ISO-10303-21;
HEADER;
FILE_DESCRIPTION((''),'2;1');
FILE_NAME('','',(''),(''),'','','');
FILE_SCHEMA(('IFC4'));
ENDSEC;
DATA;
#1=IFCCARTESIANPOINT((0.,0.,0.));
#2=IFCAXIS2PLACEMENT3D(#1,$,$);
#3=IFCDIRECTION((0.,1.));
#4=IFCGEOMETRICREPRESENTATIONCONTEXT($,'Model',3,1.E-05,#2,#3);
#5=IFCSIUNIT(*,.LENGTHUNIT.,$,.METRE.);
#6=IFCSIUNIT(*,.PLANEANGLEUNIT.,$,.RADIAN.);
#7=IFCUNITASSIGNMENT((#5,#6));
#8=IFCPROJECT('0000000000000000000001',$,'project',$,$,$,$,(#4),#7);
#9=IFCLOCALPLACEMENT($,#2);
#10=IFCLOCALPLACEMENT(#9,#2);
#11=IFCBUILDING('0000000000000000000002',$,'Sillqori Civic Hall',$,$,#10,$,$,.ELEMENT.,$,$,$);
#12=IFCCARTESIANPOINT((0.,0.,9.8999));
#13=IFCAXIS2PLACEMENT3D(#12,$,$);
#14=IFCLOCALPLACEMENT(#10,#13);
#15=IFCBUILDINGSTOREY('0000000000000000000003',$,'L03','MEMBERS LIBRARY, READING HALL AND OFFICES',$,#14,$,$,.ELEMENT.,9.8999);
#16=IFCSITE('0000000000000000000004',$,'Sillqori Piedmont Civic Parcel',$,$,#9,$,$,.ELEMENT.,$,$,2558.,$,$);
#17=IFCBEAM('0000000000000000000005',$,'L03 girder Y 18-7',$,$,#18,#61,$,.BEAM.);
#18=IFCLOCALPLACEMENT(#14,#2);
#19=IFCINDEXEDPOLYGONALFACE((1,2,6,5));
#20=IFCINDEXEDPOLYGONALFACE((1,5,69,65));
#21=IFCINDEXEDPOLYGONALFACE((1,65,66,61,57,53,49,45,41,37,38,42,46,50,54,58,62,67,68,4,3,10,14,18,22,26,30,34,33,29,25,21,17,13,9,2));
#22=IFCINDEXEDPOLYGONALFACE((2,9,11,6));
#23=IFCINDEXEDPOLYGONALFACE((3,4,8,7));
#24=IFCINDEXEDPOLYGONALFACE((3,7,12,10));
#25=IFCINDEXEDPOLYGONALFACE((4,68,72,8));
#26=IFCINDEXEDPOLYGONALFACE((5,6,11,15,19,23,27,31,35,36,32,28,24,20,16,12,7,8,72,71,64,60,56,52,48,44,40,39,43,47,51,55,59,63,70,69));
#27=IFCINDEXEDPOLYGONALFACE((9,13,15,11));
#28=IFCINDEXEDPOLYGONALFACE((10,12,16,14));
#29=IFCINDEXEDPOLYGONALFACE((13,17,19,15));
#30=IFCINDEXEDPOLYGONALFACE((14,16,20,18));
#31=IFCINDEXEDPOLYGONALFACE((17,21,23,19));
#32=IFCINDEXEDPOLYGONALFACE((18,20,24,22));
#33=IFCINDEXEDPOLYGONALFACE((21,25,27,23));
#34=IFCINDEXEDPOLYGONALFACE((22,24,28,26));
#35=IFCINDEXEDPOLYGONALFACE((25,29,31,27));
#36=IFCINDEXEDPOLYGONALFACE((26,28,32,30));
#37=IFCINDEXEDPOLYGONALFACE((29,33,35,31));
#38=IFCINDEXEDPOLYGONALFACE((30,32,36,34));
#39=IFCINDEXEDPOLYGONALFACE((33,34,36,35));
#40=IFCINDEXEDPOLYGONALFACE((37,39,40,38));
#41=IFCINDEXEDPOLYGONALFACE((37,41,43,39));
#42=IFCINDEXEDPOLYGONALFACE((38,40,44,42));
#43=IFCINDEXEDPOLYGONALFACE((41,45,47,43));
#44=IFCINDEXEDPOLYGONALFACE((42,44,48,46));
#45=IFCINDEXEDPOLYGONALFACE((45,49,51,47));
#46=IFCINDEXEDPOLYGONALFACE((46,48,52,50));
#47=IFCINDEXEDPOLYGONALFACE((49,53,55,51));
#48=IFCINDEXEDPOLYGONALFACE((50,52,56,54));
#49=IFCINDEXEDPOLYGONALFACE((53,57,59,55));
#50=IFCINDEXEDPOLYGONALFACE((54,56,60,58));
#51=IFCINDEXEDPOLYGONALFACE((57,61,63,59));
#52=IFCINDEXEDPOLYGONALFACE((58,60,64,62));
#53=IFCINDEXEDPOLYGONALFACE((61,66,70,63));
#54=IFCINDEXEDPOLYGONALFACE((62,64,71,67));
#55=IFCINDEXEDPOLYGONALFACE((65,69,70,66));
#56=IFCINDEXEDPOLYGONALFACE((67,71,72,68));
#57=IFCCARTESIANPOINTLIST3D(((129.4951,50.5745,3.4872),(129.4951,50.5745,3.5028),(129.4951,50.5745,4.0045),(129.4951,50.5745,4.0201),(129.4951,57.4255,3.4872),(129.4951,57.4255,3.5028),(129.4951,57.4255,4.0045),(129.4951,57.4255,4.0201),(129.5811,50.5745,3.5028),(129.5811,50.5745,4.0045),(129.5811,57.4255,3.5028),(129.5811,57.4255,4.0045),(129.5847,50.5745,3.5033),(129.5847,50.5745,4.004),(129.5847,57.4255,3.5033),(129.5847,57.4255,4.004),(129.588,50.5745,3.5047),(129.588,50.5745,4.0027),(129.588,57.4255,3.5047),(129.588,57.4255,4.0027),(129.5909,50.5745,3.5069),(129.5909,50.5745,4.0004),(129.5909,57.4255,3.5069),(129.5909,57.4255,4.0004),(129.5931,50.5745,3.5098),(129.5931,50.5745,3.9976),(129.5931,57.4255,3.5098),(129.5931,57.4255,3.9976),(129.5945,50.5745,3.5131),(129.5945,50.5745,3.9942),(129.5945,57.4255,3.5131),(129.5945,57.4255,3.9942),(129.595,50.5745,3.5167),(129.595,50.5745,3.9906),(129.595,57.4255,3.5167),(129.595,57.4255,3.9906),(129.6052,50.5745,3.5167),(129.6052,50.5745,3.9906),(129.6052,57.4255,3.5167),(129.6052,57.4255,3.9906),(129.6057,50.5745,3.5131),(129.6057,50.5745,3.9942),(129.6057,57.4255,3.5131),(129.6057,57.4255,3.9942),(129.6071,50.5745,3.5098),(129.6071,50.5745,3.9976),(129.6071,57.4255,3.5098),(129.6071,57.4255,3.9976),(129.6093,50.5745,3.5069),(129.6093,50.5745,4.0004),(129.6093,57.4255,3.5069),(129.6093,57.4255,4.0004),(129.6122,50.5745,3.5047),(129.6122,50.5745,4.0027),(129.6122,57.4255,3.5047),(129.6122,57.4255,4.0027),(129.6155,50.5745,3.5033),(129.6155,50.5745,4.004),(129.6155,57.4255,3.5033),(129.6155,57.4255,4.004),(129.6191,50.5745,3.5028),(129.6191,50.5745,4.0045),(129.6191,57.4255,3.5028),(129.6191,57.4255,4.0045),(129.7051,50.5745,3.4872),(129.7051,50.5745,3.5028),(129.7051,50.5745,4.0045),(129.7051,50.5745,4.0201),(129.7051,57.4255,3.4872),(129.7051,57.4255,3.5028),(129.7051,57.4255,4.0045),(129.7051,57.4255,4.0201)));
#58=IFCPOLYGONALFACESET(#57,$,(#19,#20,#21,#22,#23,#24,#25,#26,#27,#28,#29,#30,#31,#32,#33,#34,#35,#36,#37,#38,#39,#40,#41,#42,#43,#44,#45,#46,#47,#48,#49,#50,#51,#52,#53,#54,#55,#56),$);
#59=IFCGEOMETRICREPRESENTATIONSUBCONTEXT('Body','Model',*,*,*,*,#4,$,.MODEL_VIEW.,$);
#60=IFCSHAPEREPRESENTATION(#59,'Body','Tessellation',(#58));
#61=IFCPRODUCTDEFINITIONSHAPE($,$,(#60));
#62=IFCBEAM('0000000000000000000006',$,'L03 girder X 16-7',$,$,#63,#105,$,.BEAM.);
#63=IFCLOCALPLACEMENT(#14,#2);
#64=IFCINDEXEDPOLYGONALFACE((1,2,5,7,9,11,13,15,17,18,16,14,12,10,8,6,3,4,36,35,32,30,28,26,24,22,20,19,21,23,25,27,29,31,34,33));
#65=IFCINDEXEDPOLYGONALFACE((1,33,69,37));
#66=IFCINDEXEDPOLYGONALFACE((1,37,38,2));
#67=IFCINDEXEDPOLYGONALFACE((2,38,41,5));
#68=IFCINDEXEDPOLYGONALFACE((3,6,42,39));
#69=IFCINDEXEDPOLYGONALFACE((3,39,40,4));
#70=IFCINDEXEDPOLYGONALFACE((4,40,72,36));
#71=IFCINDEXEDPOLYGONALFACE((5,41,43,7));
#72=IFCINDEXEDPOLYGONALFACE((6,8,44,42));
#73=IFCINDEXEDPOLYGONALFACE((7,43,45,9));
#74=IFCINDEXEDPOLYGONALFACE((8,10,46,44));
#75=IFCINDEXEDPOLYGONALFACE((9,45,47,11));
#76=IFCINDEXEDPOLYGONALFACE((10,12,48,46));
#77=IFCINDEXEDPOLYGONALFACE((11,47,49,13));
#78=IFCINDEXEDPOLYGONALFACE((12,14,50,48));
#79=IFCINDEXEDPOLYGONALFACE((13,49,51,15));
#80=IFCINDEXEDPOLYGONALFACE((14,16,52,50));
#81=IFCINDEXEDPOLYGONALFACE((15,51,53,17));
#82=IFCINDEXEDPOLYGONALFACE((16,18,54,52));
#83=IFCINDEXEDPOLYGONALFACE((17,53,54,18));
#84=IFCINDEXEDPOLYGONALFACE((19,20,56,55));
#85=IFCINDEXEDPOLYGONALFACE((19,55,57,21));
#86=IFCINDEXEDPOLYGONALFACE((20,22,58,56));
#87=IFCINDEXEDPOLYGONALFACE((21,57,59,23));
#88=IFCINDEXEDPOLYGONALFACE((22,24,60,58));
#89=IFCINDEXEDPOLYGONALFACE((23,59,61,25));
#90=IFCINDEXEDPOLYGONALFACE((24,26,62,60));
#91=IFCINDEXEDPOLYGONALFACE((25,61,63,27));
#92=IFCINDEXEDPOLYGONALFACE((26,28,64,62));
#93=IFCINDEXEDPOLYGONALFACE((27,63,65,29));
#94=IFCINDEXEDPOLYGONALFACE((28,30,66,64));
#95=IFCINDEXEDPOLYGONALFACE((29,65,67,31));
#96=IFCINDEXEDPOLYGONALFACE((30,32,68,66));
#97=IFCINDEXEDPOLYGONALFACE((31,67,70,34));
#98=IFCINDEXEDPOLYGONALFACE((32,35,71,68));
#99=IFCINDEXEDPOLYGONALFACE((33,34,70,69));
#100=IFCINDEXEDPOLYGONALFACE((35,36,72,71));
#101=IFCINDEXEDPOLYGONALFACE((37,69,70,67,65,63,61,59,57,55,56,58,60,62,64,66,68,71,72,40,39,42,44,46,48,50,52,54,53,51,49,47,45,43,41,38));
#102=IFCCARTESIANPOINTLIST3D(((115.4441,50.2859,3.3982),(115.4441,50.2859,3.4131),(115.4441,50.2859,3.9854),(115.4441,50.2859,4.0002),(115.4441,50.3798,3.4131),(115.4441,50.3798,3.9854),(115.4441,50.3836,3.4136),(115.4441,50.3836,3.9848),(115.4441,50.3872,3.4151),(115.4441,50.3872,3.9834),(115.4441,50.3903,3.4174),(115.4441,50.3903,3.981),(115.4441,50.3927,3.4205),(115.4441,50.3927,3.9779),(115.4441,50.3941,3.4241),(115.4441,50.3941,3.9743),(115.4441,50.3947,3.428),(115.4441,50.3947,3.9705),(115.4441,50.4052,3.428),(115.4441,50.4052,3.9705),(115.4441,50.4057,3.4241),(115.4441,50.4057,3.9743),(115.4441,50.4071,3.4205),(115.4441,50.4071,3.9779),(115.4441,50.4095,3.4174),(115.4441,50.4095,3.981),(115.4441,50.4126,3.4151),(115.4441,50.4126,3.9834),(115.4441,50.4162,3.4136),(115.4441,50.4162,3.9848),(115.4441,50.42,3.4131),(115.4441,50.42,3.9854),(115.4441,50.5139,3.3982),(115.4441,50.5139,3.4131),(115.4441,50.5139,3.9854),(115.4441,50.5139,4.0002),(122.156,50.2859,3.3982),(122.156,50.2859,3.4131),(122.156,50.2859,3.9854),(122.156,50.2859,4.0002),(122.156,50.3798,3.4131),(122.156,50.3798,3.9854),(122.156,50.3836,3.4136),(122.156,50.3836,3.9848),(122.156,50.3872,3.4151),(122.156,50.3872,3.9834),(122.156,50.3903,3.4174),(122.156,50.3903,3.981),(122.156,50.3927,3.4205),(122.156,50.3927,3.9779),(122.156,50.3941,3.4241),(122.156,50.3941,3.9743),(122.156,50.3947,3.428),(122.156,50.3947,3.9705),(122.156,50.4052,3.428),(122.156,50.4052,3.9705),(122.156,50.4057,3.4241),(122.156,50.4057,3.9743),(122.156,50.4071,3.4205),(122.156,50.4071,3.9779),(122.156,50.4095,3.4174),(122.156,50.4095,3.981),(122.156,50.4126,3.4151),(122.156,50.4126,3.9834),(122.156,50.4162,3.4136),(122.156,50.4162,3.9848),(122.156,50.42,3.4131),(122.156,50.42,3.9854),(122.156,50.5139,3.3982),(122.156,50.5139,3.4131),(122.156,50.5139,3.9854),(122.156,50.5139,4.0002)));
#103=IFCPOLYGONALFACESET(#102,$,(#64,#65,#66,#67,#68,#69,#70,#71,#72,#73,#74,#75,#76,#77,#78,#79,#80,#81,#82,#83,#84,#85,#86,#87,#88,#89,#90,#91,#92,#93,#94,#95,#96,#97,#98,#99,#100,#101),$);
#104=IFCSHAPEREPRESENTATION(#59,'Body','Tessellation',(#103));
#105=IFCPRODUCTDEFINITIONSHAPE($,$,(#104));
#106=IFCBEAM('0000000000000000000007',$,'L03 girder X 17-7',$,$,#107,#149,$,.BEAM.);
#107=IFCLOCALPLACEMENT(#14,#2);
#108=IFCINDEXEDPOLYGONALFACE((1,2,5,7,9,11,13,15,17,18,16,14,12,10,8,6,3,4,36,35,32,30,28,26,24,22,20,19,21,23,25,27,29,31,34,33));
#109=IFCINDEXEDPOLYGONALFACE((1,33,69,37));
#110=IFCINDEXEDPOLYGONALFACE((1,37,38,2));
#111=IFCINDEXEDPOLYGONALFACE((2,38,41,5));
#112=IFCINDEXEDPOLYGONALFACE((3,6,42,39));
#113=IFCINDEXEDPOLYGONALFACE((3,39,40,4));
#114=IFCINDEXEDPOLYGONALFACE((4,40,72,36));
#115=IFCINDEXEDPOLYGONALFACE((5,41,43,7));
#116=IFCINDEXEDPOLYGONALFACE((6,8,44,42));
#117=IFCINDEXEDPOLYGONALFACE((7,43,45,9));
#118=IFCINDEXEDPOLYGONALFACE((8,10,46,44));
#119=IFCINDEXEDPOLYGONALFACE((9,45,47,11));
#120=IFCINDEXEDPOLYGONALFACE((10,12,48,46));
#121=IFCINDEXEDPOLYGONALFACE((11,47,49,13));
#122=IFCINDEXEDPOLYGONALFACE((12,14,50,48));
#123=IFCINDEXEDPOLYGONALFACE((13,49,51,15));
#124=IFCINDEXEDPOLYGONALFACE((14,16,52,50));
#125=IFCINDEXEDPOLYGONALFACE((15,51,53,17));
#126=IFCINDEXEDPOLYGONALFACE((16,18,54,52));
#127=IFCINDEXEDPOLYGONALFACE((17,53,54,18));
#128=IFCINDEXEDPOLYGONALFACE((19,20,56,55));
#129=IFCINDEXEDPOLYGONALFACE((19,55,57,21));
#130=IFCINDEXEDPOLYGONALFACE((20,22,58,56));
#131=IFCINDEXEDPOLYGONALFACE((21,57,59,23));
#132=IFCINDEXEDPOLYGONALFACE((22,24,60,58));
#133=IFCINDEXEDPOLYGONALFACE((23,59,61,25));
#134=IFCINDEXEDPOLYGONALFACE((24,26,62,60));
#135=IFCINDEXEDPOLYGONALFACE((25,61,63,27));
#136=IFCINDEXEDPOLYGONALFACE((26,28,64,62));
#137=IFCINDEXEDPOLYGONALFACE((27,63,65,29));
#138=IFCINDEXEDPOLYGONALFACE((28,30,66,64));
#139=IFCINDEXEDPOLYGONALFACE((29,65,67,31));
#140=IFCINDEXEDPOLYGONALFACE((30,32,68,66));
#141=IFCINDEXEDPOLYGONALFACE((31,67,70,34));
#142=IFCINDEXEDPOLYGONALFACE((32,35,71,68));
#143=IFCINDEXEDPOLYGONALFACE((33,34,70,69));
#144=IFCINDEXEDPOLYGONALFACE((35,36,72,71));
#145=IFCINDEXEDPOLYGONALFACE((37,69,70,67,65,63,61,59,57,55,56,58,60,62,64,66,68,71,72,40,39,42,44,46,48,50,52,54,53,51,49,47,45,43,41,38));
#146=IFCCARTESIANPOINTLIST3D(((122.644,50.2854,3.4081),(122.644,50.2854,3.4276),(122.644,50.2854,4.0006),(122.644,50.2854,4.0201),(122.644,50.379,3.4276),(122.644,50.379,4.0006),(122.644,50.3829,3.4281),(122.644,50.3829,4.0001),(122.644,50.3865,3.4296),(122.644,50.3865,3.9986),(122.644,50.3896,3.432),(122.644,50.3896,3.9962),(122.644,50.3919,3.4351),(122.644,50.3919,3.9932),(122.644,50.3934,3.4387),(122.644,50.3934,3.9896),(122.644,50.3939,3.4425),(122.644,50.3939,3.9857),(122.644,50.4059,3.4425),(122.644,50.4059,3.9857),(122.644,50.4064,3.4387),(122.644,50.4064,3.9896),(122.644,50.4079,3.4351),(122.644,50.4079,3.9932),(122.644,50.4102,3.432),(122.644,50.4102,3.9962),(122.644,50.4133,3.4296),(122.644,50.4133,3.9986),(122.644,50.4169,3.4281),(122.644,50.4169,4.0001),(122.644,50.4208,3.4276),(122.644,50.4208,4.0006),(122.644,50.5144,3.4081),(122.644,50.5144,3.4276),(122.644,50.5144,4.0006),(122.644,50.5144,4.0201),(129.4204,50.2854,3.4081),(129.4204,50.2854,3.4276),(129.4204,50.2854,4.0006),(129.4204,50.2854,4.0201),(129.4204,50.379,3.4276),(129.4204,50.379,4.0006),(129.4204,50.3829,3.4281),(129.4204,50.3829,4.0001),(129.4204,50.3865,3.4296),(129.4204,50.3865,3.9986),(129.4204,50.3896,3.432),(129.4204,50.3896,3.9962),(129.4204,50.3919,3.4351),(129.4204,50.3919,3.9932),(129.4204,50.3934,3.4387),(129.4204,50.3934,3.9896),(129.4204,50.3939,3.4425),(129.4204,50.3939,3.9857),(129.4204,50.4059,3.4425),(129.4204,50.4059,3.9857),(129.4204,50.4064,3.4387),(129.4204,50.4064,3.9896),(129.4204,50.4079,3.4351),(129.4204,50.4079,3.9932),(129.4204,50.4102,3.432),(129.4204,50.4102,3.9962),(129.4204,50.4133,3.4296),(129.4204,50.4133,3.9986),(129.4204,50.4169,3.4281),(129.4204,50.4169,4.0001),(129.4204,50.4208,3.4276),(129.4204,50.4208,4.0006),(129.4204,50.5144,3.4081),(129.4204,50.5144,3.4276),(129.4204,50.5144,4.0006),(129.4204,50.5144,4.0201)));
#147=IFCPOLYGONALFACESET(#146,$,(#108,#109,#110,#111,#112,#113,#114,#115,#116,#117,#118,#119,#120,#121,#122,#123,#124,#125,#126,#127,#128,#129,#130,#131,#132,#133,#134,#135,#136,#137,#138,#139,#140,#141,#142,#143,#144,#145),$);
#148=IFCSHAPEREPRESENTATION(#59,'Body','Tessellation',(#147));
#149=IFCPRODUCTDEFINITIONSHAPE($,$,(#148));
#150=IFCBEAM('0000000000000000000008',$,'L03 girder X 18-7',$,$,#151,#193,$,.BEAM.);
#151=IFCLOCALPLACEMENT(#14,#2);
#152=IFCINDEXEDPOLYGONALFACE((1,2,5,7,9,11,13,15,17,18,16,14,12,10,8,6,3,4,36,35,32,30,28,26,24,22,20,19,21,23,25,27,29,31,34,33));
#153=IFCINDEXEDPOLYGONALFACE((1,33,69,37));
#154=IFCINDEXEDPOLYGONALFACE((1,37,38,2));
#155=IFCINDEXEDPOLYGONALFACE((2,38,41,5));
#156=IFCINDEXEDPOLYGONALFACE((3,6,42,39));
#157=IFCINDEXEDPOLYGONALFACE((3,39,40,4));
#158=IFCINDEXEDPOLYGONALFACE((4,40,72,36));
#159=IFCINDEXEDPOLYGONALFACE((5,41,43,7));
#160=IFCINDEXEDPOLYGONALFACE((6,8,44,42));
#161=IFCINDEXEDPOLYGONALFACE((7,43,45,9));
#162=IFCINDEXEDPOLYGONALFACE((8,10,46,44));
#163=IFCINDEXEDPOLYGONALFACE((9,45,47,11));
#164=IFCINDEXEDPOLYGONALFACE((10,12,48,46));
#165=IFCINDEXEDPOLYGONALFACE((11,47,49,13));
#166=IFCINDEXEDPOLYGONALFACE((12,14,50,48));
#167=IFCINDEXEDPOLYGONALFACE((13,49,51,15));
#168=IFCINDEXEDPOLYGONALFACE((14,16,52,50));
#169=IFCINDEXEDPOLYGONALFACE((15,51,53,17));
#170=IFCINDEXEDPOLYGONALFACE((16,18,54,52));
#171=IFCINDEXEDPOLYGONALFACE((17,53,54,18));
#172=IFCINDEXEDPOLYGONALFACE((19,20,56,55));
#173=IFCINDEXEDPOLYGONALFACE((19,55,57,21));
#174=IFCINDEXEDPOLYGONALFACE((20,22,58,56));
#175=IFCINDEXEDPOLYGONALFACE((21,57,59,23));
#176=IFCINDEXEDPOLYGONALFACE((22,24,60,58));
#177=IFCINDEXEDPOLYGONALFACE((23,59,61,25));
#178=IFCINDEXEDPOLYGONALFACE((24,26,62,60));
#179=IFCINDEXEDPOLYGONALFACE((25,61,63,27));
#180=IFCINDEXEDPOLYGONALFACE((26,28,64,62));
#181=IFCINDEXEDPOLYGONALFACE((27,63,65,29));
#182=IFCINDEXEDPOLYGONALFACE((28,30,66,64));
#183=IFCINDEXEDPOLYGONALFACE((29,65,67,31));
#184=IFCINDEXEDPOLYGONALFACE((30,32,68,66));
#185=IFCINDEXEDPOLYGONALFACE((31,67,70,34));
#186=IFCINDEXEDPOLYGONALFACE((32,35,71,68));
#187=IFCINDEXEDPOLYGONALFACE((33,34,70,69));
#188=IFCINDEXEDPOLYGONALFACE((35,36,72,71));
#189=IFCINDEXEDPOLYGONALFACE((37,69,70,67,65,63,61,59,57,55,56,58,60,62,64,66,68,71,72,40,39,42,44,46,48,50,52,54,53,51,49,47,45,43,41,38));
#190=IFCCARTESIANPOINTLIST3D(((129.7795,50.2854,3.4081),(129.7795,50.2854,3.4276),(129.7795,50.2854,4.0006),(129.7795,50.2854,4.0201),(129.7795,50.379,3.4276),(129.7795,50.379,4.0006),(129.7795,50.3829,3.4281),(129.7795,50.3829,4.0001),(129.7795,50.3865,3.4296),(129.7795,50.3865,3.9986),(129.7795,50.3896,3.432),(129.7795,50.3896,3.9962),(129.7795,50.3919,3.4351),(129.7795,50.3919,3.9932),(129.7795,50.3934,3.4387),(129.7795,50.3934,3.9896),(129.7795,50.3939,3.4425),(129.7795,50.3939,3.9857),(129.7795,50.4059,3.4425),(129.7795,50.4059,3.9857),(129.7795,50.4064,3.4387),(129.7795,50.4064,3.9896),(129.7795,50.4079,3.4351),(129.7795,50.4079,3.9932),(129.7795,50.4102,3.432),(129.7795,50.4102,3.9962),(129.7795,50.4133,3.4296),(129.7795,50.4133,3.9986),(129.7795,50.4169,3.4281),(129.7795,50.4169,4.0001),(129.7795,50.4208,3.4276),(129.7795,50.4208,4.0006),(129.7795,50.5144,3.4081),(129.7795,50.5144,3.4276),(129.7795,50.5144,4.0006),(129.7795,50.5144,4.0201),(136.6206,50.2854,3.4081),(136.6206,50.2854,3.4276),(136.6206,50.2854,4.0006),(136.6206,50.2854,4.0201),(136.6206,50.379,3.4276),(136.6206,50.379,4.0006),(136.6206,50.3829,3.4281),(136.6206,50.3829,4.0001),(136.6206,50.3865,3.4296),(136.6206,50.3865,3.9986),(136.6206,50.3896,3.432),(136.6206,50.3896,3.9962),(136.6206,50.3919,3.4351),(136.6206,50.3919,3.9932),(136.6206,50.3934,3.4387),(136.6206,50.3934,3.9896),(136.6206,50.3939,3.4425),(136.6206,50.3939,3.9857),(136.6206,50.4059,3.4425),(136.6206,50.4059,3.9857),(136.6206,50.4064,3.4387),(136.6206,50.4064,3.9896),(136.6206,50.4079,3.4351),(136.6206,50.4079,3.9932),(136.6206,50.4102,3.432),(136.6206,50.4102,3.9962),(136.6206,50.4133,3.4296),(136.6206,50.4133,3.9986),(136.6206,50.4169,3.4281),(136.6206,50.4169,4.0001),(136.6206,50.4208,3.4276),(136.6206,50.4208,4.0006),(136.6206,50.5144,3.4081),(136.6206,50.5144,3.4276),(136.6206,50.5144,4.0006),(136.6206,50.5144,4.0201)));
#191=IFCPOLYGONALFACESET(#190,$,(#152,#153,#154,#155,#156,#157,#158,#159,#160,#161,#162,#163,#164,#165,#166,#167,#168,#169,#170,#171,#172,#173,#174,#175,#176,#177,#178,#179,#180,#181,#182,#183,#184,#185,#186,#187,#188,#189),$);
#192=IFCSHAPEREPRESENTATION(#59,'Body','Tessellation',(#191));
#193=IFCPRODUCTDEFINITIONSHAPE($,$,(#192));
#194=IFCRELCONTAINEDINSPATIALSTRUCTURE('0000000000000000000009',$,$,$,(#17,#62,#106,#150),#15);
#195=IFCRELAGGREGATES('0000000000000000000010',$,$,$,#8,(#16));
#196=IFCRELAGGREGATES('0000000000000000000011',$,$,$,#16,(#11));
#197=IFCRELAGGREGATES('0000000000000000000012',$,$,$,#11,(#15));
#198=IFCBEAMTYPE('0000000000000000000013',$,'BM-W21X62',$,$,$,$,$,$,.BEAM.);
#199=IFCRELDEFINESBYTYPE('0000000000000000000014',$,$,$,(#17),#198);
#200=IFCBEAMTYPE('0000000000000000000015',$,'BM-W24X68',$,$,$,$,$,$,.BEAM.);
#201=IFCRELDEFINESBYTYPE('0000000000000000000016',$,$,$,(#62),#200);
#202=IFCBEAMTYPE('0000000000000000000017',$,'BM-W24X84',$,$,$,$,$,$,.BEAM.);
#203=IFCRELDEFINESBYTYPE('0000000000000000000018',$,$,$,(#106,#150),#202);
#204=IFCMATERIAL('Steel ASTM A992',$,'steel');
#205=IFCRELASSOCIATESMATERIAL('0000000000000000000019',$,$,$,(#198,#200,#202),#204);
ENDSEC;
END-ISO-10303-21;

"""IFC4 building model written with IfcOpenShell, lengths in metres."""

from ifc_helpers import new_model, si_unit, direction, frame, origin, origin_2d, place, context, subcontext, project, spatial, i_section, extrude, material, material_profile, profile_set, type_object, element, save


model = new_model("IFC4")

# Units and contexts
model_context = context("Model", 3, precision=1e-05, world=origin(), true_north=direction((0.0, 1.0)))
body_context = subcontext(model_context, "Body", "Model", "MODEL_VIEW")
ifc_project = project(units=[si_unit("LENGTHUNIT", "METRE"), si_unit("PLANEANGLEUNIT", "RADIAN")], contexts=[model_context])

# Site, building, storey
site_placement = place(None, origin())
site = spatial("IfcSite", under=ifc_project, at=site_placement, Name="Sillqori Piedmont Civic Parcel", CompositionType="ELEMENT", RefElevation=2558.0)
building_placement = place(site_placement, origin())
building = spatial("IfcBuilding", under=site, at=building_placement, Name="Sillqori Civic Hall", CompositionType="ELEMENT")
storey_placement = place(building_placement, frame((0.0, 0.0, 9.8999)))
storey = spatial("IfcBuildingStorey", under=building, at=storey_placement, Name="L03", Description="MEMBERS LIBRARY, READING HALL AND OFFICES", CompositionType="ELEMENT", Elevation=9.8999)

# Shared definitions
ifc_material_1 = material(Name="Steel ASTM A992", Category="steel")

# Beams
ifc_material_profile_1 = material_profile(ifc_material_1, i_section(OverallWidth=0.21, OverallDepth=0.533, WebThickness=0.0103, FlangeThickness=0.0156, FilletRadius=0.0139, at=origin_2d()), Name="W21X62")
ifc_profile_set_1 = profile_set([ifc_material_profile_1], Name="Steel ASTM A992")
beam_type_1 = type_object("IfcBeamType", Name="BM-W21X62", PredefinedType="BEAM", material=ifc_profile_set_1)
for number, where, z_axis, x_axis, name in (
    (1, (129.6001, 50.5745, 3.7537), (0.0, 1.0, 0.0), (-1.0, 0.0, 0.0), "L03 girder Y 18-7"),
):
    element("IfcBeam", number, at=place(storey_placement, frame(where, z_axis=z_axis, x_axis=x_axis)), inside=storey, type_object=beam_type_1, Name=name, PredefinedType="BEAM", context=body_context, shape_type="SweptSolid", body=[
        extrude(i_section(OverallWidth=0.21, OverallDepth=0.533, WebThickness=0.0103, FlangeThickness=0.0156, FilletRadius=0.0139, at=origin_2d()), origin(), (0.0, 0.0, 1.0), 6.8511),
    ])
ifc_material_profile_2 = material_profile(ifc_material_1, i_section(OverallWidth=0.228, OverallDepth=0.6021, WebThickness=0.0105, FlangeThickness=0.0149, FilletRadius=0.0149, at=origin_2d()), Name="W24X68")
ifc_profile_set_2 = profile_set([ifc_material_profile_2], Name="Steel ASTM A992")
beam_type_2 = type_object("IfcBeamType", Name="BM-W24X68", PredefinedType="BEAM", material=ifc_profile_set_2)
beam_1_placement = place(storey_placement, frame((115.4441, 50.3999, 3.6992), z_axis=(1.0, 0.0, 0.0), x_axis=(0.0, 1.0, 0.0)))
element("IfcBeam", 2, at=beam_1_placement, inside=storey, type_object=beam_type_2, Name="L03 girder X 16-7", PredefinedType="BEAM", context=body_context, shape_type="SweptSolid", body=[
    extrude(i_section(OverallWidth=0.228, OverallDepth=0.6021, WebThickness=0.0105, FlangeThickness=0.0149, FilletRadius=0.0149, at=origin_2d()), origin(), (0.0, 0.0, 1.0), 6.7119),
])
ifc_material_profile_3 = material_profile(ifc_material_1, i_section(OverallWidth=0.229, OverallDepth=0.6121, WebThickness=0.012, FlangeThickness=0.0195, FilletRadius=0.0149, at=origin_2d()), Name="W24X84")
ifc_profile_set_3 = profile_set([ifc_material_profile_3], Name="Steel ASTM A992")
beam_type_3 = type_object("IfcBeamType", Name="BM-W24X84", PredefinedType="BEAM", material=ifc_profile_set_3)
beam_2_placement = place(storey_placement, frame((122.644, 50.3999, 3.7141), z_axis=(1.0, 0.0, 0.0), x_axis=(0.0, 1.0, 0.0)))
element("IfcBeam", 3, at=beam_2_placement, inside=storey, type_object=beam_type_3, Name="L03 girder X 17-7", PredefinedType="BEAM", context=body_context, shape_type="SweptSolid", body=[
    extrude(i_section(OverallWidth=0.229, OverallDepth=0.6121, WebThickness=0.012, FlangeThickness=0.0195, FilletRadius=0.0149, at=origin_2d()), origin(), (0.0, 0.0, 1.0), 6.7764),
])
beam_3_placement = place(storey_placement, frame((129.7795, 50.3999, 3.7141), z_axis=(1.0, 0.0, 0.0), x_axis=(0.0, 1.0, 0.0)))
element("IfcBeam", 4, at=beam_3_placement, inside=storey, type_object=beam_type_3, Name="L03 girder X 18-7", PredefinedType="BEAM", context=body_context, shape_type="SweptSolid", body=[
    extrude(i_section(OverallWidth=0.229, OverallDepth=0.6121, WebThickness=0.012, FlangeThickness=0.0195, FilletRadius=0.0149, at=origin_2d()), origin(), (0.0, 0.0, 1.0), 6.8411),
])

save(model, "model.ifc")
